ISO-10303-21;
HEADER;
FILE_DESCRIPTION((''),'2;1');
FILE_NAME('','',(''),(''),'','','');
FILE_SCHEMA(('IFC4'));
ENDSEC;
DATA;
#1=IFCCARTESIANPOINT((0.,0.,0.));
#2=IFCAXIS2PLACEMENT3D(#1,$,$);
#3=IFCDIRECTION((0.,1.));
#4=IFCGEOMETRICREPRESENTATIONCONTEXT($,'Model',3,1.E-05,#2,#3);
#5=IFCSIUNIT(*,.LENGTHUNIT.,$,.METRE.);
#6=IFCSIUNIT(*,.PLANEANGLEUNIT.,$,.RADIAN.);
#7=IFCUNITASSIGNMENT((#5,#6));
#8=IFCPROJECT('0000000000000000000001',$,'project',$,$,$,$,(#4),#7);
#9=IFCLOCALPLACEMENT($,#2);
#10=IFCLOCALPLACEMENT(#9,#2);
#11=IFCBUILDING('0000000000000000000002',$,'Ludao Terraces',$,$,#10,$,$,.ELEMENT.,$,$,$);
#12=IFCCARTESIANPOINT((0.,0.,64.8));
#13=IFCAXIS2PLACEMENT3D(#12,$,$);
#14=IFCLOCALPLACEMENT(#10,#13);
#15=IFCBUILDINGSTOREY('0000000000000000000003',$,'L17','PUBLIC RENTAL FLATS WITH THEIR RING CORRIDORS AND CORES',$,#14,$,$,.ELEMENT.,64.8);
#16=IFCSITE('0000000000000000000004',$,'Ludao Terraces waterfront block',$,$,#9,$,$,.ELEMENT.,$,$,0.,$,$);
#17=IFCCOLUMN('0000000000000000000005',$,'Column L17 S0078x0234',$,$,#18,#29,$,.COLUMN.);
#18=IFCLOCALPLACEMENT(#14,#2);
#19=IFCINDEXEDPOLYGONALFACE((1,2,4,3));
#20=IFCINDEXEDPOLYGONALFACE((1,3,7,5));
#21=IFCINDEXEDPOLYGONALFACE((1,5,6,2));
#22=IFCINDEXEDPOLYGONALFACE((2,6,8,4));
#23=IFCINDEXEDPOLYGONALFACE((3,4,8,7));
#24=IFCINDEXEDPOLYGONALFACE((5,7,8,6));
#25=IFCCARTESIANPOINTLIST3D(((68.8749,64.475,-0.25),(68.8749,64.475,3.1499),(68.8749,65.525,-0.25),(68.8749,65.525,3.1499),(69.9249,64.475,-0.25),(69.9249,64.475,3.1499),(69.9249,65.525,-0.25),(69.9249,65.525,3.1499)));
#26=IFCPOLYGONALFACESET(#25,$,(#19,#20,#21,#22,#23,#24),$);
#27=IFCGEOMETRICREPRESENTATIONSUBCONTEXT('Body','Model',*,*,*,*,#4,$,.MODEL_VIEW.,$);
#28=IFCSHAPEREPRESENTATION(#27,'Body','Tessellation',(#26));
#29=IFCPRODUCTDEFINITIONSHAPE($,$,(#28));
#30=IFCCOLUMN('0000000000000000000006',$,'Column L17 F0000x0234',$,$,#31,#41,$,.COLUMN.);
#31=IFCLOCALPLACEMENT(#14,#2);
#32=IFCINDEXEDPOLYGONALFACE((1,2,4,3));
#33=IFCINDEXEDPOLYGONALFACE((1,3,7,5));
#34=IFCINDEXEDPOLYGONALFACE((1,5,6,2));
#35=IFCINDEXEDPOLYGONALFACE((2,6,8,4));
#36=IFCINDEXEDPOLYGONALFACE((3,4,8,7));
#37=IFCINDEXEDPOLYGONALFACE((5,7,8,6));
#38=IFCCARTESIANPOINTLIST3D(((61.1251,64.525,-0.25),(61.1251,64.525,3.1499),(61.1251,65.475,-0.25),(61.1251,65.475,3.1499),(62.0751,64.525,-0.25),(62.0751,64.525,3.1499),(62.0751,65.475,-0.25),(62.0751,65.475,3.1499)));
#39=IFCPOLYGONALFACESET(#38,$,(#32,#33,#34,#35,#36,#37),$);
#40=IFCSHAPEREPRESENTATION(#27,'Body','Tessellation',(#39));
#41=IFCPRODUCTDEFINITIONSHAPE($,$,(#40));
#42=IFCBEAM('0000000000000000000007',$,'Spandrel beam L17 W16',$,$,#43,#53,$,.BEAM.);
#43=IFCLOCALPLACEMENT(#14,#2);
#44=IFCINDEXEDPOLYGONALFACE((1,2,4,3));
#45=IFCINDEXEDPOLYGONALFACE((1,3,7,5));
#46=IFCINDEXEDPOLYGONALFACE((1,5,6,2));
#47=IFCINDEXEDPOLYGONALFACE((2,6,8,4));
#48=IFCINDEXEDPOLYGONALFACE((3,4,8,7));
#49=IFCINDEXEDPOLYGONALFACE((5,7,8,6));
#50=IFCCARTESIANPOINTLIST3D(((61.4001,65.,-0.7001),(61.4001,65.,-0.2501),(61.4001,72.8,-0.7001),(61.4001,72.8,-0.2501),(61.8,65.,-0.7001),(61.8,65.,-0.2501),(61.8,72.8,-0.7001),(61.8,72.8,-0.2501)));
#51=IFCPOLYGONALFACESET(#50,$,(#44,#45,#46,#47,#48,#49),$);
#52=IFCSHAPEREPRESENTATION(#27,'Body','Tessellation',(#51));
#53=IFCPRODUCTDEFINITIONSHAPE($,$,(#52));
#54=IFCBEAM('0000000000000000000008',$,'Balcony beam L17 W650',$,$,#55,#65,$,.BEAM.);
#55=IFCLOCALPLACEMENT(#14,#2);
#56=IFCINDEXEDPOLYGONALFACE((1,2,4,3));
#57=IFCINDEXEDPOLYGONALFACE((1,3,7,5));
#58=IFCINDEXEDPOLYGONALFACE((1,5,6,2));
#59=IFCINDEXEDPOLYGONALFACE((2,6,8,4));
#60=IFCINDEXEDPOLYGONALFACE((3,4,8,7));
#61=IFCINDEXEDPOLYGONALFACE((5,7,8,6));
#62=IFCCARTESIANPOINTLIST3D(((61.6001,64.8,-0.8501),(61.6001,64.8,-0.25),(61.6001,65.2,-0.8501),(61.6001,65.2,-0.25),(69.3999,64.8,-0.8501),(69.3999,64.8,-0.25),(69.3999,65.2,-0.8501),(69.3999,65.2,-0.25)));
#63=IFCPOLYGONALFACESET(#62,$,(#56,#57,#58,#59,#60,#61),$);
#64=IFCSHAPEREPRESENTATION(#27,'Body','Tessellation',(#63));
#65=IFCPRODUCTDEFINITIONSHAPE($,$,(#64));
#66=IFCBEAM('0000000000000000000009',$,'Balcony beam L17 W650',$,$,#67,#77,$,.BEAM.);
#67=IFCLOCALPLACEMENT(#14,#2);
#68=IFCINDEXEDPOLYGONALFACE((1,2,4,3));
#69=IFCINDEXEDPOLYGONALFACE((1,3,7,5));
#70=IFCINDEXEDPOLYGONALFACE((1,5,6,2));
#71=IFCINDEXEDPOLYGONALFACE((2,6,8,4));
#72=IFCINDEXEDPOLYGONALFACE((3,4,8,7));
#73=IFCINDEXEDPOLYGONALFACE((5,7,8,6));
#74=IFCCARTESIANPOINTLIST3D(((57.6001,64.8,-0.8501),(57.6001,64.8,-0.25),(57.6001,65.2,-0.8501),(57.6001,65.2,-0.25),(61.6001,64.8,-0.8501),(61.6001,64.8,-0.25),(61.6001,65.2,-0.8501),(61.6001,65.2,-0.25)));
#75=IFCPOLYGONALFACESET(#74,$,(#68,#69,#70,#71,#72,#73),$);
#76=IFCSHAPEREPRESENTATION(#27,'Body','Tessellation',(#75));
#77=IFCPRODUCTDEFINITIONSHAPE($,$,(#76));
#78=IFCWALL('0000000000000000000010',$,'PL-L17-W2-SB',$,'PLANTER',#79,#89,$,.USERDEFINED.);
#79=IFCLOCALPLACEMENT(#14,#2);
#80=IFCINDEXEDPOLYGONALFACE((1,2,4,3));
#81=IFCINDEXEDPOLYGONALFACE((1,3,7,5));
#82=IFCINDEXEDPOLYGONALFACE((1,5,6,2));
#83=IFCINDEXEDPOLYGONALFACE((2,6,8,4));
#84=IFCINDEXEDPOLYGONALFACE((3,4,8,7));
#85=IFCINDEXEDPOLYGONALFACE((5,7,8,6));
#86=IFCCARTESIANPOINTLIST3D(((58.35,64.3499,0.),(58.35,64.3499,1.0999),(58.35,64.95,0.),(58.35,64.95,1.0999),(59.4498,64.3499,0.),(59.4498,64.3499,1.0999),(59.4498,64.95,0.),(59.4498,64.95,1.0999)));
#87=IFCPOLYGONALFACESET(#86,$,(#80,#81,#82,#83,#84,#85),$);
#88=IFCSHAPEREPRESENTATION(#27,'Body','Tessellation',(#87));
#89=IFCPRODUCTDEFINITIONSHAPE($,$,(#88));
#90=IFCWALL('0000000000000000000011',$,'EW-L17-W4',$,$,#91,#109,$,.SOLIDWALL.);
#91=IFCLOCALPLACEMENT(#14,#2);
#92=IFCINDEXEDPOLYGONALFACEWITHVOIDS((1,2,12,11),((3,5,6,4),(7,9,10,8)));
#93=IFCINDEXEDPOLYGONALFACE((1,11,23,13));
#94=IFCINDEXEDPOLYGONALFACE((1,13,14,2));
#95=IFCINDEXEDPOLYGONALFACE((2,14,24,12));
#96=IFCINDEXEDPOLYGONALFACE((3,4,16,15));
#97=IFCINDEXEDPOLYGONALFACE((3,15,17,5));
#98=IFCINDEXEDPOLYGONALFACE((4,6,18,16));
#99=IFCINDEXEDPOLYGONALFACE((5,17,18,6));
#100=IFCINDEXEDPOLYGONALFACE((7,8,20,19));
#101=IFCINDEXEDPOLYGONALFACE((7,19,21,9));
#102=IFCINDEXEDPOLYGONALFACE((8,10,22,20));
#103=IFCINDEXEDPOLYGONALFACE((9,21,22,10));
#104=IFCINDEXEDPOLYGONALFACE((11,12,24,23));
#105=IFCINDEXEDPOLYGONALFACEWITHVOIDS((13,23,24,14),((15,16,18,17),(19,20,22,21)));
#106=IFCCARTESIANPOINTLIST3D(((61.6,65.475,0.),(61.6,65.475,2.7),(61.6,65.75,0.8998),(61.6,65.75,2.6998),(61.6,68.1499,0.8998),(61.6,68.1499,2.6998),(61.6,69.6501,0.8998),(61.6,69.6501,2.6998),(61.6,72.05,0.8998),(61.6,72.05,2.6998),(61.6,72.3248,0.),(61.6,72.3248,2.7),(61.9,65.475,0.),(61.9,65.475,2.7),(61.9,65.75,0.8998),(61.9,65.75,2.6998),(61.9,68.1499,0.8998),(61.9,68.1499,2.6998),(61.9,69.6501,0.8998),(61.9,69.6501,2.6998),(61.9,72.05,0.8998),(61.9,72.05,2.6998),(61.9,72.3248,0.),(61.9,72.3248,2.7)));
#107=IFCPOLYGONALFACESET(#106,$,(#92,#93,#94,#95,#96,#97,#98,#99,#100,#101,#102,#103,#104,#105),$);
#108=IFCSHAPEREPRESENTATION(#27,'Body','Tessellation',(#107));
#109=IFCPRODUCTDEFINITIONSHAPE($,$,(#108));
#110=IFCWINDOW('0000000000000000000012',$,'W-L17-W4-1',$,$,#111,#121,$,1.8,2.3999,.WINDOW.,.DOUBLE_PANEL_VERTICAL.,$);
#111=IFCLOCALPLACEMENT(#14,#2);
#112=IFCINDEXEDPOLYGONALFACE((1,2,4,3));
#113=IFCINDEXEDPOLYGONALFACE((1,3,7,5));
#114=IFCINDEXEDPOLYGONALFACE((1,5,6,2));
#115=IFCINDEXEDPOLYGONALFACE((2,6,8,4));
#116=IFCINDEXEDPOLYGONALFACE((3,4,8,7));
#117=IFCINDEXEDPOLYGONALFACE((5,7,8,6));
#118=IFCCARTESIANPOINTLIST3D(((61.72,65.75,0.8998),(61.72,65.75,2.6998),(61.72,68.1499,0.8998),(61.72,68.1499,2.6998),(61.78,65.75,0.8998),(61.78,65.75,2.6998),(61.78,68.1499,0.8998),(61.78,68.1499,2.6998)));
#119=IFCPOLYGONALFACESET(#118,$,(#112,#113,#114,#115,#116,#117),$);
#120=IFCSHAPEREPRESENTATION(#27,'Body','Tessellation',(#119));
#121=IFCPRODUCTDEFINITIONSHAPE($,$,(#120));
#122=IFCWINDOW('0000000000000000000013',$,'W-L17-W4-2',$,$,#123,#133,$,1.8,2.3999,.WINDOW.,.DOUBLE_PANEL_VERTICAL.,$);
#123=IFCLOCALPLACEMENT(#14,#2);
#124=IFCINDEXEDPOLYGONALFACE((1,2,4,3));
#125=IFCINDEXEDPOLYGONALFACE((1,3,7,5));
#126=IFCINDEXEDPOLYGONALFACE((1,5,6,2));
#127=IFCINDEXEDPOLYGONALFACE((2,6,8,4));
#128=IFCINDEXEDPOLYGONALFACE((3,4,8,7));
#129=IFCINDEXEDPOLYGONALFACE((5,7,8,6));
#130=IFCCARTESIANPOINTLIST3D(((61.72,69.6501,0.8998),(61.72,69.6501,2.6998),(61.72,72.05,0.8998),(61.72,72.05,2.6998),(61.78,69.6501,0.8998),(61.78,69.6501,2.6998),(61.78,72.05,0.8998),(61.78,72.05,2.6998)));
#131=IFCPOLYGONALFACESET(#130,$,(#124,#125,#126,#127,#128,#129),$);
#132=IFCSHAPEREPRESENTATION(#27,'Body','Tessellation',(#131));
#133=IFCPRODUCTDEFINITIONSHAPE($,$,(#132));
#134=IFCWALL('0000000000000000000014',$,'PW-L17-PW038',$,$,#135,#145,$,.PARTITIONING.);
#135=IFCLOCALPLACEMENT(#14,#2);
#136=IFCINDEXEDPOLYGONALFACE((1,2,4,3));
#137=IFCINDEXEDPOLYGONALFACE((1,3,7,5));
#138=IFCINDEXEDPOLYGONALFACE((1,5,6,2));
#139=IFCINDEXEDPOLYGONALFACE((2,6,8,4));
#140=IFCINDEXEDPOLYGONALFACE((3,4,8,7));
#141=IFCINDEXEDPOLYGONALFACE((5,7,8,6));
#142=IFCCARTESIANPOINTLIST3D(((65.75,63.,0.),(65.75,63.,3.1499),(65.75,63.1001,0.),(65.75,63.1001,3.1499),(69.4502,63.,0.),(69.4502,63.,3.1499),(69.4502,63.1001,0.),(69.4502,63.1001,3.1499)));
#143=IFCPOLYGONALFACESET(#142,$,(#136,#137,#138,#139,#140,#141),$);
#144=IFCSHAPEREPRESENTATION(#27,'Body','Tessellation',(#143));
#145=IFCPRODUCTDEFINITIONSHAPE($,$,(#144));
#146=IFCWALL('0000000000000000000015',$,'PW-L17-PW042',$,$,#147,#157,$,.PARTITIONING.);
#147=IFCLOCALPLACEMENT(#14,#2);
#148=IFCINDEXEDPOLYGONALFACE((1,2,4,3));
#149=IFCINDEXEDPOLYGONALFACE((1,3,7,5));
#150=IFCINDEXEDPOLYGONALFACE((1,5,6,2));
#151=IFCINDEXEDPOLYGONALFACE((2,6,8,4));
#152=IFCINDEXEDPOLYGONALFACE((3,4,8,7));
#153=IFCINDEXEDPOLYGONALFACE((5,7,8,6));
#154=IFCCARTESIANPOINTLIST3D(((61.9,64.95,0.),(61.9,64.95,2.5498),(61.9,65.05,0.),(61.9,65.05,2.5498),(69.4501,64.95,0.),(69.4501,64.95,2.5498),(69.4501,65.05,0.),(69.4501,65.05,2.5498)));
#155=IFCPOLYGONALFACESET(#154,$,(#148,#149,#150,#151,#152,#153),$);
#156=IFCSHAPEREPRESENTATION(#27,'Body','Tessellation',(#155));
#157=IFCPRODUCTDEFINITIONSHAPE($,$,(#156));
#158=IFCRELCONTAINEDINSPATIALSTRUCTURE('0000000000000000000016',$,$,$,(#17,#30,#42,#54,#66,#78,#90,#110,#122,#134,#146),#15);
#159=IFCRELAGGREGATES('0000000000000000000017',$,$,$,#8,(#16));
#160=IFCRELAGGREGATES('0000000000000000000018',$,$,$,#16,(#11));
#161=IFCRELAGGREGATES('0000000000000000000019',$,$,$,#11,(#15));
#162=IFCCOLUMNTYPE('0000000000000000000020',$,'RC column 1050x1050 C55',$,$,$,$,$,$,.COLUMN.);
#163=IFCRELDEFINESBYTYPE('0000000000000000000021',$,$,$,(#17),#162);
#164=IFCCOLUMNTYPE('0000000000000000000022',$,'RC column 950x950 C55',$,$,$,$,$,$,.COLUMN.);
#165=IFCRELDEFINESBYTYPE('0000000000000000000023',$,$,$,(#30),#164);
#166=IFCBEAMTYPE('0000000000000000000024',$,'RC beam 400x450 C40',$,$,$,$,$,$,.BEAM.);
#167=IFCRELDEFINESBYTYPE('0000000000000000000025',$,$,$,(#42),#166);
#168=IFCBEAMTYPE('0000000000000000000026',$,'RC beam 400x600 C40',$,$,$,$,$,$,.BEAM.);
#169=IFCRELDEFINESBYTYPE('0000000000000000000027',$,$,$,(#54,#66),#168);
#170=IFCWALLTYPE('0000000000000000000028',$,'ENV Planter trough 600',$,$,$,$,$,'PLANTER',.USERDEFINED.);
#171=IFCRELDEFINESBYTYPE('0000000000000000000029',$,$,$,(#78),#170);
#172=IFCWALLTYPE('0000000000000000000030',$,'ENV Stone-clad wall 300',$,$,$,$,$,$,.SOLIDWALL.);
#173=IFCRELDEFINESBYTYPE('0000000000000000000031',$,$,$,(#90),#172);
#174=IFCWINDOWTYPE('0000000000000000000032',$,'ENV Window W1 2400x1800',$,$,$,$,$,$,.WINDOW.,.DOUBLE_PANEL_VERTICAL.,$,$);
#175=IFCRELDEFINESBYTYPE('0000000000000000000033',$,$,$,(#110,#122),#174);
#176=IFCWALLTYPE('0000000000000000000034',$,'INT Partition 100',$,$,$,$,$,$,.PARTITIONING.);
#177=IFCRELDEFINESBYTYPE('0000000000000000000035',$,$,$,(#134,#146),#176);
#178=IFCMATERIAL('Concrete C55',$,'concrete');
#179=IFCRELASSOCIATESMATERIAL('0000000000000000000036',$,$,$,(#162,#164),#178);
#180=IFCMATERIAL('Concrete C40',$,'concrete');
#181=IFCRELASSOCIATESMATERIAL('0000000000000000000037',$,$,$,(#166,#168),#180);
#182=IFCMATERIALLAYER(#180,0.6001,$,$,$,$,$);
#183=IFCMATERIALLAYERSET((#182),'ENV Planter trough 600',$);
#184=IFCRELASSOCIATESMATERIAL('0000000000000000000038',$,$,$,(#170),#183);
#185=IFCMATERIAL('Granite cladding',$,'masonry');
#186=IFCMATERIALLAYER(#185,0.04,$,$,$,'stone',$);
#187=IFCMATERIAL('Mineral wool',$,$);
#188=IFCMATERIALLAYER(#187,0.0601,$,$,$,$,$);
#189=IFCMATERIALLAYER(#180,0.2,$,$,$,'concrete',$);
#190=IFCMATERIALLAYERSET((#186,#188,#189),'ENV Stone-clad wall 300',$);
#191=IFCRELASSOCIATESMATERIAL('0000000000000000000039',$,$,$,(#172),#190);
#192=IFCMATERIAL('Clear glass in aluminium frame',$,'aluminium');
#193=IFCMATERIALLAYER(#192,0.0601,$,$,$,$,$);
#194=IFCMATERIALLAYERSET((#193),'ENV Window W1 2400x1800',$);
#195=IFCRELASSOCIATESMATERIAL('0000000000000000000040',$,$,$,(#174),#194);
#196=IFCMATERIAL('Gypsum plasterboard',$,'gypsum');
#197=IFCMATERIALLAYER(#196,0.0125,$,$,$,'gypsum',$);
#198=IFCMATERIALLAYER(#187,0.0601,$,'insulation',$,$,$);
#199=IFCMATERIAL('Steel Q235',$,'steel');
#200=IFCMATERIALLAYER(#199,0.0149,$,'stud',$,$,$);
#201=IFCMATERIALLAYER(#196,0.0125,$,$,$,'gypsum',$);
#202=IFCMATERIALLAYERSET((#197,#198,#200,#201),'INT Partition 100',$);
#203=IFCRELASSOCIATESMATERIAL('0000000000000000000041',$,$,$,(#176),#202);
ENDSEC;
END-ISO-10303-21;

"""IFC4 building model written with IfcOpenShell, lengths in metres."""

from ifc_helpers import new_model, si_unit, direction, frame, frame_2d, origin, origin_2d, place, context, subcontext, project, spatial, rectangle, extrude, material, layer, layer_set, material_profile, profile_set, type_object, element, fill, save


model = new_model("IFC4")

# Units and contexts
model_context = context("Model", 3, precision=1e-05, world=origin(), true_north=direction((0.0, 1.0)))
body_context = subcontext(model_context, "Body", "Model", "MODEL_VIEW")
ifc_project = project(units=[si_unit("LENGTHUNIT", "METRE"), si_unit("PLANEANGLEUNIT", "RADIAN")], contexts=[model_context])

# Site, building, storey
site_placement = place(None, origin())
site = spatial("IfcSite", under=ifc_project, at=site_placement, Name="Ludao Terraces waterfront block", CompositionType="ELEMENT", RefElevation=0.0)
building_placement = place(site_placement, origin())
building = spatial("IfcBuilding", under=site, at=building_placement, Name="Ludao Terraces", CompositionType="ELEMENT")
storey_placement = place(building_placement, frame((0.0, 0.0, 64.8)))
storey = spatial("IfcBuildingStorey", under=building, at=storey_placement, Name="L17", Description="PUBLIC RENTAL FLATS WITH THEIR RING CORRIDORS AND CORES", CompositionType="ELEMENT", Elevation=64.8)

# Columns
ifc_material_1 = material(Name="Concrete C55", Category="concrete")
ifc_material_profile_1 = material_profile(ifc_material_1, rectangle(XDim=1.05, YDim=1.05, at=origin_2d()), Name="1050 X 1050")
ifc_profile_set_1 = profile_set([ifc_material_profile_1], Name="Concrete C55")
column_type_1 = type_object("IfcColumnType", Name="RC column 1050x1050 C55", PredefinedType="COLUMN", material=ifc_profile_set_1)
column_1_placement = place(storey_placement, frame((69.3999, 65.0, -0.25), z_axis=(0.0, 0.0, 1.0), x_axis=(1.0, 0.0, 0.0)))
element("IfcColumn", 1, at=column_1_placement, inside=storey, type_object=column_type_1, Name="Column L17 S0078x0234", PredefinedType="COLUMN", context=body_context, shape_type="SweptSolid", body=[
    extrude(rectangle(XDim=1.05, YDim=1.05, at=origin_2d()), origin(), (0.0, 0.0, 1.0), 3.3999),
])
ifc_material_profile_2 = material_profile(ifc_material_1, rectangle(XDim=0.95, YDim=0.95, at=origin_2d()), Name="950 X 950")
ifc_profile_set_2 = profile_set([ifc_material_profile_2], Name="Concrete C55")
column_type_2 = type_object("IfcColumnType", Name="RC column 950x950 C55", PredefinedType="COLUMN", material=ifc_profile_set_2)
column_2_placement = place(storey_placement, frame((61.6001, 65.0, -0.25), z_axis=(0.0, 0.0, 1.0), x_axis=(1.0, 0.0, 0.0)))
element("IfcColumn", 2, at=column_2_placement, inside=storey, type_object=column_type_2, Name="Column L17 F0000x0234", PredefinedType="COLUMN", context=body_context, shape_type="SweptSolid", body=[
    extrude(rectangle(XDim=0.95, YDim=0.95, at=origin_2d()), origin(), (0.0, 0.0, 1.0), 3.3999),
])

# Beams
ifc_material_2 = material(Name="Concrete C40", Category="concrete")
ifc_material_profile_3 = material_profile(ifc_material_2, rectangle(XDim=0.3999, YDim=0.45, at=origin_2d()), Name="400 X 450")
ifc_profile_set_3 = profile_set([ifc_material_profile_3], Name="Concrete C40")
beam_type_1 = type_object("IfcBeamType", Name="RC beam 400x450 C40", PredefinedType="BEAM", material=ifc_profile_set_3)
beam_1_placement = place(storey_placement, frame((61.6001, 65.0, -0.4751), z_axis=(0.0, 1.0, 0.0), x_axis=(-1.0, 0.0, 0.0)))
element("IfcBeam", 3, at=beam_1_placement, inside=storey, type_object=beam_type_1, Name="Spandrel beam L17 W16", PredefinedType="BEAM", context=body_context, shape_type="SweptSolid", body=[
    extrude(rectangle(XDim=0.3999, YDim=0.45, at=origin_2d()), origin(), (0.0, 0.0, 1.0), 7.8),
])
ifc_material_profile_4 = material_profile(ifc_material_2, rectangle(XDim=0.3999, YDim=0.6001, at=origin_2d()), Name="400 X 600")
ifc_profile_set_4 = profile_set([ifc_material_profile_4], Name="Concrete C40")
beam_type_2 = type_object("IfcBeamType", Name="RC beam 400x600 C40", PredefinedType="BEAM", material=ifc_profile_set_4)
beam_2_placement = place(storey_placement, frame((69.3999, 65.0, -0.55), z_axis=(-1.0, 0.0, 0.0), x_axis=(0.0, -1.0, 0.0)))
element("IfcBeam", 4, at=beam_2_placement, inside=storey, type_object=beam_type_2, Name="Balcony beam L17 W650", PredefinedType="BEAM", context=body_context, shape_type="SweptSolid", body=[
    extrude(rectangle(XDim=0.3999, YDim=0.6001, at=origin_2d()), origin(), (0.0, 0.0, 1.0), 7.7998),
])
beam_3_placement = place(storey_placement, frame((61.6001, 65.0, -0.55), z_axis=(-1.0, 0.0, 0.0), x_axis=(0.0, -1.0, 0.0)))
element("IfcBeam", 5, at=beam_3_placement, inside=storey, type_object=beam_type_2, Name="Balcony beam L17 W650", PredefinedType="BEAM", context=body_context, shape_type="SweptSolid", body=[
    extrude(rectangle(XDim=0.3999, YDim=0.6001, at=origin_2d()), origin(), (0.0, 0.0, 1.0), 4.0),
])

# Wall
ifc_layer_1 = layer(ifc_material_2, 0.6001)
ifc_layer_set_1 = layer_set([ifc_layer_1], Name="ENV Planter trough 600")
wall_type_1 = type_object("IfcWallType", Name="ENV Planter trough 600", ElementType="PLANTER", PredefinedType="USERDEFINED", material=ifc_layer_set_1)
wall_1_placement = place(storey_placement, frame((58.3501, 64.6499, 0.0), z_axis=(0.0, 0.0, 1.0), x_axis=(1.0, 0.0, 0.0)))
element("IfcWall", 6, at=wall_1_placement, inside=storey, type_object=wall_type_1, Name="PL-L17-W2-SB", ObjectType="PLANTER", PredefinedType="USERDEFINED", context=body_context, shape_type="SweptSolid", body=[
    extrude(rectangle(XDim=1.0999, YDim=0.6001, at=frame_2d((0.5498, 0.0))), origin(), (0.0, 0.0, 1.0), 1.0999),
])

# Wall, openings, windows
ifc_material_3 = material(Name="Granite cladding", Category="masonry")
ifc_layer_2 = layer(ifc_material_3, 0.04, Category="stone")
ifc_material_4 = material(Name="Mineral wool")
ifc_layer_3 = layer(ifc_material_4, 0.0601)
ifc_layer_4 = layer(ifc_material_2, 0.2, Category="concrete")
ifc_layer_set_2 = layer_set([ifc_layer_2, ifc_layer_3, ifc_layer_4], Name="ENV Stone-clad wall 300")
wall_type_2 = type_object("IfcWallType", Name="ENV Stone-clad wall 300", PredefinedType="SOLIDWALL", material=ifc_layer_set_2)
wall_2_placement = place(storey_placement, frame((61.75, 65.4751, 0.0), z_axis=(0.0, 0.0, 1.0), x_axis=(0.0, 1.0, 0.0)))
wall_2 = element("IfcWall", 7, at=wall_2_placement, inside=storey, type_object=wall_type_2, Name="EW-L17-W4", PredefinedType="SOLIDWALL", context=body_context, shape_type="SweptSolid", body=[
    extrude(rectangle(XDim=6.8499, YDim=0.3, at=frame_2d((3.4248, 0.0))), origin(), (0.0, 0.0, 1.0), 2.7),
])
opening_1_placement = place(wall_2_placement, frame((0.2749, 0.0, 0.8999)))
opening_1 = element("IfcOpeningElement", 8, at=opening_1_placement, cuts=wall_2, PredefinedType="OPENING", context=body_context, shape_type="SweptSolid", body=[
    extrude(rectangle(XDim=2.3999, YDim=1.8, at=frame_2d((1.2, 0.8999))), frame((0.0, 0.1602, 0.0), z_axis=(0.0, -1.0, 0.0), x_axis=(1.0, 0.0, 0.0)), (0.0, 0.0, 1.0), 0.3201),
])
opening_2_placement = place(wall_2_placement, frame((4.175, 0.0, 0.8999)))
opening_2 = element("IfcOpeningElement", 9, at=opening_2_placement, cuts=wall_2, PredefinedType="OPENING", context=body_context, shape_type="SweptSolid", body=[
    extrude(rectangle(XDim=2.3999, YDim=1.8, at=frame_2d((1.2, 0.8999))), frame((0.0, 0.1602, 0.0), z_axis=(0.0, -1.0, 0.0), x_axis=(1.0, 0.0, 0.0)), (0.0, 0.0, 1.0), 0.3201),
])
ifc_material_5 = material(Name="Clear glass in aluminium frame", Category="aluminium")
ifc_layer_5 = layer(ifc_material_5, 0.0601)
ifc_layer_set_3 = layer_set([ifc_layer_5], Name="ENV Window W1 2400x1800")
window_type = type_object("IfcWindowType", Name="ENV Window W1 2400x1800", PartitioningType="DOUBLE_PANEL_VERTICAL", PredefinedType="WINDOW", material=ifc_layer_set_3)
window_1_placement = place(opening_1_placement, origin())
window_1 = element("IfcWindow", 10, at=window_1_placement, inside=storey, type_object=window_type, Name="W-L17-W4-1", OverallHeight=1.8, OverallWidth=2.3999, PartitioningType="DOUBLE_PANEL_VERTICAL", PredefinedType="WINDOW", context=body_context, shape_type="SweptSolid", body=[
    extrude(rectangle(XDim=2.3999, YDim=1.8, at=frame_2d((1.2, 0.8999))), frame((0.0, 0.03, 0.0), z_axis=(0.0, -1.0, 0.0), x_axis=(1.0, 0.0, 0.0)), (0.0, 0.0, 1.0), 0.0601),
])
fill(opening_1, window_1)
window_2_placement = place(opening_2_placement, origin())
window_2 = element("IfcWindow", 11, at=window_2_placement, inside=storey, type_object=window_type, Name="W-L17-W4-2", OverallHeight=1.8, OverallWidth=2.3999, PartitioningType="DOUBLE_PANEL_VERTICAL", PredefinedType="WINDOW", context=body_context, shape_type="SweptSolid", body=[
    extrude(rectangle(XDim=2.3999, YDim=1.8, at=frame_2d((1.2, 0.8999))), frame((0.0, 0.03, 0.0), z_axis=(0.0, -1.0, 0.0), x_axis=(1.0, 0.0, 0.0)), (0.0, 0.0, 1.0), 0.0601),
])
fill(opening_2, window_2)

# Walls
ifc_material_6 = material(Name="Gypsum plasterboard", Category="gypsum")
ifc_layer_6 = layer(ifc_material_6, 0.0125, Category="gypsum")
ifc_layer_7 = layer(ifc_material_4, 0.0601, Name="insulation")
ifc_material_7 = material(Name="Steel Q235", Category="steel")
ifc_layer_8 = layer(ifc_material_7, 0.0149, Name="stud")
ifc_layer_9 = layer(ifc_material_6, 0.0125, Category="gypsum")
ifc_layer_set_4 = layer_set([ifc_layer_6, ifc_layer_7, ifc_layer_8, ifc_layer_9], Name="INT Partition 100")
wall_type_3 = type_object("IfcWallType", Name="INT Partition 100", PredefinedType="PARTITIONING", material=ifc_layer_set_4)
wall_3_placement = place(storey_placement, frame((65.75, 63.05, 0.0), z_axis=(0.0, 0.0, 1.0), x_axis=(1.0, 0.0, 0.0)))
element("IfcWall", 12, at=wall_3_placement, inside=storey, type_object=wall_type_3, Name="PW-L17-PW038", PredefinedType="PARTITIONING", context=body_context, shape_type="SweptSolid", body=[
    extrude(rectangle(XDim=3.7002, YDim=0.1001, at=frame_2d((1.8501, 0.0))), origin(), (0.0, 0.0, 1.0), 3.1499),
])
wall_4_placement = place(storey_placement, frame((61.9001, 65.0, 0.0), z_axis=(0.0, 0.0, 1.0), x_axis=(1.0, 0.0, 0.0)))
element("IfcWall", 13, at=wall_4_placement, inside=storey, type_object=wall_type_3, Name="PW-L17-PW042", PredefinedType="PARTITIONING", context=body_context, shape_type="SweptSolid", body=[
    extrude(rectangle(XDim=7.55, YDim=0.1001, at=frame_2d((3.7749, 0.0))), origin(), (0.0, 0.0, 1.0), 2.5498),
])

save(model, "model.ifc")
